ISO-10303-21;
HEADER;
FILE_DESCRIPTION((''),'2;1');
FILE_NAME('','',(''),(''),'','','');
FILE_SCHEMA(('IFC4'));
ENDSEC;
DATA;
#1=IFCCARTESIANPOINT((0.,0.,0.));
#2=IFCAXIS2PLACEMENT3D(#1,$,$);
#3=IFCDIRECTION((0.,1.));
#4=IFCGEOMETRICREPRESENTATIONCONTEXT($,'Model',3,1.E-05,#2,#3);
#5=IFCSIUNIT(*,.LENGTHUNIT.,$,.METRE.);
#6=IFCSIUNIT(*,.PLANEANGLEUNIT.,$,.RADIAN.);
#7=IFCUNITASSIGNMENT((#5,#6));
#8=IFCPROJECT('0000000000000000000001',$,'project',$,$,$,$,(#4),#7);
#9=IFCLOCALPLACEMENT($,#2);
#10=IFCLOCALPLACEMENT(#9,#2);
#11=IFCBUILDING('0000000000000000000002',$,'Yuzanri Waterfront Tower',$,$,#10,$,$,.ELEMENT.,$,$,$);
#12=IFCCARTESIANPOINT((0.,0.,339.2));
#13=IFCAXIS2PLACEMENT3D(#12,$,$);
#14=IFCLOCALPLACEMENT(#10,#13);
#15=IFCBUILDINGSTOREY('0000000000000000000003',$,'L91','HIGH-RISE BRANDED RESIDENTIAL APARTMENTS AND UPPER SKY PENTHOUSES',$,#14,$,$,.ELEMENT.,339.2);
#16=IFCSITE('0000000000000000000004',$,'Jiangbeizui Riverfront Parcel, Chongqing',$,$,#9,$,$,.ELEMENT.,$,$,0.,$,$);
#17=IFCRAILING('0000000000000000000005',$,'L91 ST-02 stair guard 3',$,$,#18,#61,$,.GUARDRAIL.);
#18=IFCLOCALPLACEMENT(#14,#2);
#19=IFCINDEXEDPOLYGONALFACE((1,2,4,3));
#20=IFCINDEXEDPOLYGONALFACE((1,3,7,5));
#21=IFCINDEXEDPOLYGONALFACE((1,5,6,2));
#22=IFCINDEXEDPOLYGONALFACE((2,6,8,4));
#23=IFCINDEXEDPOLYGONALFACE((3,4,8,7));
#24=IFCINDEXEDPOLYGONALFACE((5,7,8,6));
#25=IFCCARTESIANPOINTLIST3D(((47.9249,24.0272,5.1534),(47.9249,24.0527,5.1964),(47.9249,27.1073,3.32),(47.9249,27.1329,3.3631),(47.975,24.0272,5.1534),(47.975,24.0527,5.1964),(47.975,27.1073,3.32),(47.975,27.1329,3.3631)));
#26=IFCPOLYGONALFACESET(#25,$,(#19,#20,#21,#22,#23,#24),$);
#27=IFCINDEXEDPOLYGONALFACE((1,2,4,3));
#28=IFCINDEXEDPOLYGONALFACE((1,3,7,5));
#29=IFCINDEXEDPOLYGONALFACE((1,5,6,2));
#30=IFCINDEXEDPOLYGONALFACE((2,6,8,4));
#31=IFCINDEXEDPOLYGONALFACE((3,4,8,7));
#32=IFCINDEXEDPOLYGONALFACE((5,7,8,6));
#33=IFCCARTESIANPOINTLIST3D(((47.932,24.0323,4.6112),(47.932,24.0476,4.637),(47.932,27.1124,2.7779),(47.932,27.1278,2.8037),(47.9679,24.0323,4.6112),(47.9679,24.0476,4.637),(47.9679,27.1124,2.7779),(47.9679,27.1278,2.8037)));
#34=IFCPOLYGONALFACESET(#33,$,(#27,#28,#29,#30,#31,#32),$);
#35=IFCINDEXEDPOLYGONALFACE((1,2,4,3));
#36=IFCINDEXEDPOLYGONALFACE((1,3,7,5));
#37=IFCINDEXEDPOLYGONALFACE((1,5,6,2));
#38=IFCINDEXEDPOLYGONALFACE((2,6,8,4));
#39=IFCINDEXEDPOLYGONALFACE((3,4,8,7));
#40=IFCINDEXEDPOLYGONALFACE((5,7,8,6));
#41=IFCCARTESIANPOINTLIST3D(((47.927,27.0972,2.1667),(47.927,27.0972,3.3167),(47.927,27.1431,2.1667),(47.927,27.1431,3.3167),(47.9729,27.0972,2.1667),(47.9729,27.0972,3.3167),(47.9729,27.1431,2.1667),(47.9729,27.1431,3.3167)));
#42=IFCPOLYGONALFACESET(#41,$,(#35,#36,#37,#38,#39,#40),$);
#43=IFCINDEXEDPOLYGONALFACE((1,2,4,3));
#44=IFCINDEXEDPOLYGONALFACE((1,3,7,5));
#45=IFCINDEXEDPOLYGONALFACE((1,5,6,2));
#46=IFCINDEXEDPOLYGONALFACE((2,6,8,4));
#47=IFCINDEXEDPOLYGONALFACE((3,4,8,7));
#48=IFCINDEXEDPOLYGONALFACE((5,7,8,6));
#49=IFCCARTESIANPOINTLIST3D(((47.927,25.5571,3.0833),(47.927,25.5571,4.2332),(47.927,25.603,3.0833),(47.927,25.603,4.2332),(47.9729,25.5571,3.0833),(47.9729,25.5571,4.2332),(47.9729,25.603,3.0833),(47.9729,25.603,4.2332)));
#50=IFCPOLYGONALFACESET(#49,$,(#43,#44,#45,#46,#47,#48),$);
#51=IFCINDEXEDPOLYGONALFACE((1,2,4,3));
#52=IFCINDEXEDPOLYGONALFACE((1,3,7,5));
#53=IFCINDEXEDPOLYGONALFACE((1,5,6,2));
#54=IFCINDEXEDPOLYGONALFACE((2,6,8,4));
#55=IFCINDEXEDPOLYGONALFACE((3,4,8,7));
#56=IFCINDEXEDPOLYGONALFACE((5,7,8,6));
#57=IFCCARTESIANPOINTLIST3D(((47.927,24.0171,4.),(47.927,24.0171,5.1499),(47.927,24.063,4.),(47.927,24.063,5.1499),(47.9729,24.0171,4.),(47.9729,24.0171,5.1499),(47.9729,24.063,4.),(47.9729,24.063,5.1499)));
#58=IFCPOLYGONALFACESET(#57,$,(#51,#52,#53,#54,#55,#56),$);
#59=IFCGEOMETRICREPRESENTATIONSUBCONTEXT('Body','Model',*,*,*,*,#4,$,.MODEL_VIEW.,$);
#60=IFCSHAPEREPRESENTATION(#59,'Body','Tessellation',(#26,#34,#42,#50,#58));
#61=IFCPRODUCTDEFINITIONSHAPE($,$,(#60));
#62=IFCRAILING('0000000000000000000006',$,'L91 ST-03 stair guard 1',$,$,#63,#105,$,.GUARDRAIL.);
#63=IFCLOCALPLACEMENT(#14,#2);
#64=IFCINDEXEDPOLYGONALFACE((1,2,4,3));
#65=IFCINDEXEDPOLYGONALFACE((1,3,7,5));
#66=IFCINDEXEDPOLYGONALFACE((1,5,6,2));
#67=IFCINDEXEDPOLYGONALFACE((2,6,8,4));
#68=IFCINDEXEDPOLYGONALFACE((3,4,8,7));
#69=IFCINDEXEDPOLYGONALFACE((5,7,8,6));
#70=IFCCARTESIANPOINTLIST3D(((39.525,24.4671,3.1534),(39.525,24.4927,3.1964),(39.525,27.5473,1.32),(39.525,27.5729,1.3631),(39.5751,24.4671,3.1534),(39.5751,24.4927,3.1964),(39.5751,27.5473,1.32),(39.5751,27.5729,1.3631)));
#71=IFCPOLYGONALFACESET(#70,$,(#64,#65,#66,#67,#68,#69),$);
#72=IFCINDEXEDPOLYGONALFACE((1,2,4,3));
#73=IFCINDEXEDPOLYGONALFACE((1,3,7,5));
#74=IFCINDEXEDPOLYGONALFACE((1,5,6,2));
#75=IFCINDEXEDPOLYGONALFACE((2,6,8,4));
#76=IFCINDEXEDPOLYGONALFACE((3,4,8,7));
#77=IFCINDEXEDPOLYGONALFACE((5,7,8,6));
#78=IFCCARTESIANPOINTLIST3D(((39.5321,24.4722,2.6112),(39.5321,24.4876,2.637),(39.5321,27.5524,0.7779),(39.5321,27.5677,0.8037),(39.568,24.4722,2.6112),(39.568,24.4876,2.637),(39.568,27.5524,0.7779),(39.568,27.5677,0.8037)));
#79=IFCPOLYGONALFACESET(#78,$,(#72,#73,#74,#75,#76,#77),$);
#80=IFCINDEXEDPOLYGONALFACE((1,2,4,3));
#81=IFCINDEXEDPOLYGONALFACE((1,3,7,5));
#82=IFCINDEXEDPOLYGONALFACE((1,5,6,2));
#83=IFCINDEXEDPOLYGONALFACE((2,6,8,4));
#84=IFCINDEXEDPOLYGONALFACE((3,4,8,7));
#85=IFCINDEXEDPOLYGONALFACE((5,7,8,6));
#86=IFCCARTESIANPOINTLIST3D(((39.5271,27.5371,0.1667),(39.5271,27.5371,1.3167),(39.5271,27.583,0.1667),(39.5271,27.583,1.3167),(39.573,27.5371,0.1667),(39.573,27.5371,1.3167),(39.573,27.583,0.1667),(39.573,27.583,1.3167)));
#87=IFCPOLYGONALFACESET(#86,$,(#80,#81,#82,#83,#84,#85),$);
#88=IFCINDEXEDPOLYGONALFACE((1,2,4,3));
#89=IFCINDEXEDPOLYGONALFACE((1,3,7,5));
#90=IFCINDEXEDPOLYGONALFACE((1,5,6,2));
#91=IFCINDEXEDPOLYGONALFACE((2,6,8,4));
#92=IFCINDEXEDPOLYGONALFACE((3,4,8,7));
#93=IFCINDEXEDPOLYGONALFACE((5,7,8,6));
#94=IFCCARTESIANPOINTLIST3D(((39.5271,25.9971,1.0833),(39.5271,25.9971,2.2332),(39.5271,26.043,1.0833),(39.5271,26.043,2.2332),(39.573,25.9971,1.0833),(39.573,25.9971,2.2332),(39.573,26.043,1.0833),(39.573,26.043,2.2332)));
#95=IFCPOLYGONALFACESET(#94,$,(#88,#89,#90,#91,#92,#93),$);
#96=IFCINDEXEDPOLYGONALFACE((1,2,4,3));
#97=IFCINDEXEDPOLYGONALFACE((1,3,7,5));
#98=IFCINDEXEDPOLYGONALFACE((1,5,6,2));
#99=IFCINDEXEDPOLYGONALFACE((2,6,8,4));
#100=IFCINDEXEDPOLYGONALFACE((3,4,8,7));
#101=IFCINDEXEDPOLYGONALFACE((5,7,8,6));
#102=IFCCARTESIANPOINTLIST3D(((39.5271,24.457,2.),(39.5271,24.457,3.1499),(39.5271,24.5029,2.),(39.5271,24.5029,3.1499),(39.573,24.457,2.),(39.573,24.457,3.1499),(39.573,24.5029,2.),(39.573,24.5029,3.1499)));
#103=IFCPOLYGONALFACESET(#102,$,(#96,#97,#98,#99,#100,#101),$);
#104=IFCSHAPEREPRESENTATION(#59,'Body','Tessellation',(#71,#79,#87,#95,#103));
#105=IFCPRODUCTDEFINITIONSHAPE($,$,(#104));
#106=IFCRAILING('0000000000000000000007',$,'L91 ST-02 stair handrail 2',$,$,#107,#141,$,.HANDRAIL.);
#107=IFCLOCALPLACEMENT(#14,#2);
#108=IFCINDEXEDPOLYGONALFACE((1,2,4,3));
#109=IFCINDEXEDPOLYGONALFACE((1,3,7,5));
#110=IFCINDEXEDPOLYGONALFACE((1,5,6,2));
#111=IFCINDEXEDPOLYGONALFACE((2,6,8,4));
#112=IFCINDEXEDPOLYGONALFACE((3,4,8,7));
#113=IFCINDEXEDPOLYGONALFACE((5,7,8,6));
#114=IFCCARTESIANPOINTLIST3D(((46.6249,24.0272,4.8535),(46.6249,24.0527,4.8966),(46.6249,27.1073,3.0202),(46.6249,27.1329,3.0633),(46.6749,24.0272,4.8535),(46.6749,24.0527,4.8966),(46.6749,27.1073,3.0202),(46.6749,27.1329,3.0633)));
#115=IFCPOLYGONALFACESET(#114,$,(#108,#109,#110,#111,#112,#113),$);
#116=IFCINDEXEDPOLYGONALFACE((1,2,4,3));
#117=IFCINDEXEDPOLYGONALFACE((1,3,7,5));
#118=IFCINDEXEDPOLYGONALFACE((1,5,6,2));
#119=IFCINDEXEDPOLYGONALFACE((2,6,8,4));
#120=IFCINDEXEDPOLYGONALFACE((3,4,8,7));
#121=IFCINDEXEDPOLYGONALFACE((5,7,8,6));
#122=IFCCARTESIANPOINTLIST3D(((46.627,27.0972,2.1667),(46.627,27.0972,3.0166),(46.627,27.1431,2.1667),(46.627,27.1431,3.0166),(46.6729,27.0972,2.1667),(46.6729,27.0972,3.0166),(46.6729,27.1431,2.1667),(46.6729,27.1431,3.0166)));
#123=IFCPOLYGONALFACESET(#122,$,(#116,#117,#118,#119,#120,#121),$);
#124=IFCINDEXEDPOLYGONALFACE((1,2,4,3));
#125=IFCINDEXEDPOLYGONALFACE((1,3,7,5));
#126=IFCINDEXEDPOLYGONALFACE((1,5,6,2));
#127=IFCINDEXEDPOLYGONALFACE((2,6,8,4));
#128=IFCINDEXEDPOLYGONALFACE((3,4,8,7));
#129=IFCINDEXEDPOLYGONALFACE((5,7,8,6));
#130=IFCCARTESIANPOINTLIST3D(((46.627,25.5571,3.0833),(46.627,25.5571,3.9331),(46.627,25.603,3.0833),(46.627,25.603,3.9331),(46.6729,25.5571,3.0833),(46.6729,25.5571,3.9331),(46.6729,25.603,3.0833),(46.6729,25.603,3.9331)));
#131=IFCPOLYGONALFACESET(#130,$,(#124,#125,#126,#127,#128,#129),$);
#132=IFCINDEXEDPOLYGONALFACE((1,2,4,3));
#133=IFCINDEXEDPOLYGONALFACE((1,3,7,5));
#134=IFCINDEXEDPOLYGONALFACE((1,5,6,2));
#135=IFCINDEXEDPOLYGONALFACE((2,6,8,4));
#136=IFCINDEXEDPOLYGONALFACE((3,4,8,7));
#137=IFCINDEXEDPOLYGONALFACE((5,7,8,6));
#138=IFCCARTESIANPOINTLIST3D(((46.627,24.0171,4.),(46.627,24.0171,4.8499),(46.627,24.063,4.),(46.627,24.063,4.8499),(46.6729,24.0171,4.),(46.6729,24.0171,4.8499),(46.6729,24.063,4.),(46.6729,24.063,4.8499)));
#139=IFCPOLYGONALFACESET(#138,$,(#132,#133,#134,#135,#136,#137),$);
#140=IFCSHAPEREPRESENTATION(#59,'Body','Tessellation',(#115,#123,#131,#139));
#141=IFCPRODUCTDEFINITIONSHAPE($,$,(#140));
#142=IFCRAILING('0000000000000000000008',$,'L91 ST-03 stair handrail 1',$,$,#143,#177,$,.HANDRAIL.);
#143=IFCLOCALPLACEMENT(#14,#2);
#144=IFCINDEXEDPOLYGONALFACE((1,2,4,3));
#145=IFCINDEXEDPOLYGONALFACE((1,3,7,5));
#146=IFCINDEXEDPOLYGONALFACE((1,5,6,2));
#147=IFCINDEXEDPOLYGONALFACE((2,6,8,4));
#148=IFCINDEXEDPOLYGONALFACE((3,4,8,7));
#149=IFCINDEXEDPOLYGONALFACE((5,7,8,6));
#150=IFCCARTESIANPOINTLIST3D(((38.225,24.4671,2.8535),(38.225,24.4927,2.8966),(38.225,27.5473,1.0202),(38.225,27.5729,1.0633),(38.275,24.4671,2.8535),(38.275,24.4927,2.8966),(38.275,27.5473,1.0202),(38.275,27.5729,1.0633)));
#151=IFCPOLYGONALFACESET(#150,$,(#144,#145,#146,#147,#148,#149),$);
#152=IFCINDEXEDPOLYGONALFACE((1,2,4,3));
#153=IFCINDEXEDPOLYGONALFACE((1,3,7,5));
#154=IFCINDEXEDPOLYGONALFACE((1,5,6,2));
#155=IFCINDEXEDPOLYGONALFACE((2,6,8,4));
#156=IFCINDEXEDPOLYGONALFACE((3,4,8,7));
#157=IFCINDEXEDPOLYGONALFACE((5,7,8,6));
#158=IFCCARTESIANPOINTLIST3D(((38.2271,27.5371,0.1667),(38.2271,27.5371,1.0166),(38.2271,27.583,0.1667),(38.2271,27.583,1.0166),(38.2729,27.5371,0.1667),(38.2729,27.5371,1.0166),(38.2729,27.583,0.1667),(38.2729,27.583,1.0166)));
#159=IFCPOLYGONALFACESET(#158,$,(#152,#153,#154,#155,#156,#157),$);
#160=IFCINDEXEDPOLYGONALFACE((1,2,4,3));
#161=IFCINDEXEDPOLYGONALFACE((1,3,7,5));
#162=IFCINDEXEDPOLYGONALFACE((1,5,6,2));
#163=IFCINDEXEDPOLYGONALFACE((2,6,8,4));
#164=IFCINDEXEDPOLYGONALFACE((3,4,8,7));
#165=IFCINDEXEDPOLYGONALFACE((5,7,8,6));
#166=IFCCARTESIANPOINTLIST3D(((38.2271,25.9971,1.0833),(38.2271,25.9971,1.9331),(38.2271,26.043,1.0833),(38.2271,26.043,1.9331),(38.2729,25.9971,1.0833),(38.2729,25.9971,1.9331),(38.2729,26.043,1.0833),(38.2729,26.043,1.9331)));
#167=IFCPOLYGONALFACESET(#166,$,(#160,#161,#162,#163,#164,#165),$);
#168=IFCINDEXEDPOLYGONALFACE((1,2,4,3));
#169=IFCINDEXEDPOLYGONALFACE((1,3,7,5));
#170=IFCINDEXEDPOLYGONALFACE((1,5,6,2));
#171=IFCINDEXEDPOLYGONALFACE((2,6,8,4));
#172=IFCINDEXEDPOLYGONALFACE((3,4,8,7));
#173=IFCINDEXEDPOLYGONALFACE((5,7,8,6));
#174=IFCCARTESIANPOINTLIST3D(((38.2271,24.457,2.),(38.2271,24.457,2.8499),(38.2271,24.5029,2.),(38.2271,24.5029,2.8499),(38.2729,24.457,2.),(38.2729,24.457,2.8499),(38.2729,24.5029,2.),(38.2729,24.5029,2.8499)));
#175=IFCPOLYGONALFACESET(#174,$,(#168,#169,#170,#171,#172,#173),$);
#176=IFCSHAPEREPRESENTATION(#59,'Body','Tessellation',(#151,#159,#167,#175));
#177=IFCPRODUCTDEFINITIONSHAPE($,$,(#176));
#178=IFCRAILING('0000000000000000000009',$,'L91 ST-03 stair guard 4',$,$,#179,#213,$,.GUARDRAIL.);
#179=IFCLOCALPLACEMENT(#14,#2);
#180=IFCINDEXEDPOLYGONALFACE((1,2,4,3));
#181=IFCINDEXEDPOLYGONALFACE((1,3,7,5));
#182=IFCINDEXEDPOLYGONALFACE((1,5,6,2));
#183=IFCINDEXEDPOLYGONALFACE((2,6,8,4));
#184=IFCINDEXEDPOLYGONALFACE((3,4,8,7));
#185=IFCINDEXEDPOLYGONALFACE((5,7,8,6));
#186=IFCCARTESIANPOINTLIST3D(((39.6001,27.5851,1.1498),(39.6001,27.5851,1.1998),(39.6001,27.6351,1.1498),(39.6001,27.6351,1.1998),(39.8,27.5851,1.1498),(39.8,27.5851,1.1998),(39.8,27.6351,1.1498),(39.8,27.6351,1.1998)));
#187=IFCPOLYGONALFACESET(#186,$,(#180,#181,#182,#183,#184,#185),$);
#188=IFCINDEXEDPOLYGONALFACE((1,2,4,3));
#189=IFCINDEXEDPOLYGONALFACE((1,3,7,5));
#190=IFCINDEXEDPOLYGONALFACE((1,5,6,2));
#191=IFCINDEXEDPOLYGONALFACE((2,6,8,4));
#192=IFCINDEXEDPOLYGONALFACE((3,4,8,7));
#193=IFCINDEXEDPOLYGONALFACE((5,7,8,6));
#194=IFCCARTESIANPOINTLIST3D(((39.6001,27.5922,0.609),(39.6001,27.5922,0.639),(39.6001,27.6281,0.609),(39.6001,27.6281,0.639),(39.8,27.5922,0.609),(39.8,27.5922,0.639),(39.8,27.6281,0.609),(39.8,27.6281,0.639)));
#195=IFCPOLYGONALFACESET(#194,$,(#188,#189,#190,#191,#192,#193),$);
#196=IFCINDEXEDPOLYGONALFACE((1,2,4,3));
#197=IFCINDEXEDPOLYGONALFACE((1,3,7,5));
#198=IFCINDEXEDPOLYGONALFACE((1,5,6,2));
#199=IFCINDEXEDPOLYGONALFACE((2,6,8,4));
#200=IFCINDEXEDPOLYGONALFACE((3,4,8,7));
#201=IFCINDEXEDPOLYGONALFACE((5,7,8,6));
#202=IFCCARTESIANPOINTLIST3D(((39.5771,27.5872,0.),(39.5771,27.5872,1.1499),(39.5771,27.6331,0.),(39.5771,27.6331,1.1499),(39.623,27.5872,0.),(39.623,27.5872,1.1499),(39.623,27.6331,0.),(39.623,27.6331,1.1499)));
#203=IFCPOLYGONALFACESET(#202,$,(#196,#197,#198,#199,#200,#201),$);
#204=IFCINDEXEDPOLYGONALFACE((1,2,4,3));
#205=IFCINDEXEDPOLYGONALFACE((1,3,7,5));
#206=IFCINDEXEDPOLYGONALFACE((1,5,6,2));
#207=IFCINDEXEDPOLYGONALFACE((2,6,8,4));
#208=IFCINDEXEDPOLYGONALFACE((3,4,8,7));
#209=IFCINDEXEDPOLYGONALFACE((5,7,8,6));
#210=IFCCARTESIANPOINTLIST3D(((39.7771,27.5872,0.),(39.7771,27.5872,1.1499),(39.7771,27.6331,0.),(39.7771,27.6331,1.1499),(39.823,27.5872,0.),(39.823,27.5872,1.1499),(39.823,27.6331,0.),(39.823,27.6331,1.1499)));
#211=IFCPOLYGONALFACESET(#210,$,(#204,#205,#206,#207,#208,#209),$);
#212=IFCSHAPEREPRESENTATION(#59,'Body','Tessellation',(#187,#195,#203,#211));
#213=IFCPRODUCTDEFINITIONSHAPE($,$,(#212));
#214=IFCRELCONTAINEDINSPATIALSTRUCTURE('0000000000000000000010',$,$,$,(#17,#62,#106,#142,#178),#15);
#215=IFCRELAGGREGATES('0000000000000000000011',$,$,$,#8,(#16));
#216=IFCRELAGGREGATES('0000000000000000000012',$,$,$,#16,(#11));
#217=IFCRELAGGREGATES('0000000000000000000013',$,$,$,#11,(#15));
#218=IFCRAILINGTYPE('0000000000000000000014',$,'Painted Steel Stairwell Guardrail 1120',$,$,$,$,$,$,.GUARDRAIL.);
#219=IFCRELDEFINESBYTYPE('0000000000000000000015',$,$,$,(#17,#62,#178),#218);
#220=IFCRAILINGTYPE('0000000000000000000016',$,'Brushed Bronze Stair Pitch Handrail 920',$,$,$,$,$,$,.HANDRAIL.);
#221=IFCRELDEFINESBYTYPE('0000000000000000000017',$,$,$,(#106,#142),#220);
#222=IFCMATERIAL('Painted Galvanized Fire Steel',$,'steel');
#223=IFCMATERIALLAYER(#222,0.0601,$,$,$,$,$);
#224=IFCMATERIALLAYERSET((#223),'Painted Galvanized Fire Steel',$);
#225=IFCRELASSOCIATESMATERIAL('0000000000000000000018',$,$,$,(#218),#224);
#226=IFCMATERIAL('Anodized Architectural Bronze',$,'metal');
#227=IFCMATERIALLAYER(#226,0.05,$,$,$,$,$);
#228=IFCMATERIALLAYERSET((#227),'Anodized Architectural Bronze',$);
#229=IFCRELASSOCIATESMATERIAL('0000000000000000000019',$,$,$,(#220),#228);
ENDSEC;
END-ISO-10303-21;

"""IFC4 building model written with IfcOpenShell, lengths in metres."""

from ifc_helpers import new_model, si_unit, direction, frame, origin, origin_2d, place, context, subcontext, project, spatial, rectangle, extrude, source, transform, mapped, material, layer, layer_set, type_object, element, save


model = new_model("IFC4")

# Units and contexts
model_context = context("Model", 3, precision=1e-05, world=origin(), true_north=direction((0.0, 1.0)))
body_context = subcontext(model_context, "Body", "Model", "MODEL_VIEW")
ifc_project = project(units=[si_unit("LENGTHUNIT", "METRE"), si_unit("PLANEANGLEUNIT", "RADIAN")], contexts=[model_context])

# Site, building, storey
site_placement = place(None, origin())
site = spatial("IfcSite", under=ifc_project, at=site_placement, Name="Jiangbeizui Riverfront Parcel, Chongqing", CompositionType="ELEMENT", RefElevation=0.0)
building_placement = place(site_placement, origin())
building = spatial("IfcBuilding", under=site, at=building_placement, Name="Yuzanri Waterfront Tower", CompositionType="ELEMENT")
storey_placement = place(building_placement, frame((0.0, 0.0, 339.2)))
storey = spatial("IfcBuildingStorey", under=building, at=storey_placement, Name="L91", Description="HIGH-RISE BRANDED RESIDENTIAL APARTMENTS AND UPPER SKY PENTHOUSES", CompositionType="ELEMENT", Elevation=339.2)

# Railings
ifc_material_1 = material(Name="Painted Galvanized Fire Steel", Category="steel")
ifc_layer_1 = layer(ifc_material_1, 0.0601)
ifc_layer_set_1 = layer_set([ifc_layer_1], Name="Painted Galvanized Fire Steel")
railing_type_1 = type_object("IfcRailingType", Name="Painted Steel Stairwell Guardrail 1120", PredefinedType="GUARDRAIL", material=ifc_layer_set_1)
shared_shape_1 = source(origin(), body_context, "Body", "SweptSolid", [
    extrude(rectangle(XDim=0.05, YDim=0.05, at=origin_2d()), frame((0.0, 0.0, 1.1748), z_axis=(0.0, -0.859309, 0.511458), x_axis=(1.0, 0.0, 0.0)), (0.0, 0.0, 1.0), 3.5845),
    extrude(rectangle(XDim=0.0359, YDim=0.03, at=origin_2d()), frame((0.0, 0.0, 0.624), z_axis=(0.0, -0.859309, 0.511458), x_axis=(1.0, 0.0, 0.0)), (0.0, 0.0, 1.0), 3.5845),
    extrude(rectangle(XDim=0.0459, YDim=0.0459, at=origin_2d()), origin(), (0.0, 0.0, 1.0), 1.1499),
    extrude(rectangle(XDim=0.0459, YDim=0.0459, at=origin_2d()), frame((0.0, -1.54, 0.9165)), (0.0, 0.0, 1.0), 1.1499),
    extrude(rectangle(XDim=0.0459, YDim=0.0459, at=origin_2d()), frame((0.0, -3.0801, 1.8333)), (0.0, 0.0, 1.0), 1.1499),
])
for number, where, name in (
    (1, (47.95, 27.1201, 2.1667), "L91 ST-02 stair guard 3"),
    (2, (39.55, 27.5601, 0.1667), "L91 ST-03 stair guard 1"),
):
    element("IfcRailing", number, at=place(storey_placement, frame(where)), inside=storey, type_object=railing_type_1, Name=name, PredefinedType="GUARDRAIL", context=body_context, shape_type="MappedRepresentation", body=[
        mapped(shared_shape_1, transform((0.0, 0.0, 0.0), scale=1.0)),
    ])
ifc_material_2 = material(Name="Anodized Architectural Bronze", Category="metal")
ifc_layer_2 = layer(ifc_material_2, 0.05)
ifc_layer_set_2 = layer_set([ifc_layer_2], Name="Anodized Architectural Bronze")
railing_type_2 = type_object("IfcRailingType", Name="Brushed Bronze Stair Pitch Handrail 920", PredefinedType="HANDRAIL", material=ifc_layer_set_2)
shared_shape_2 = source(origin(), body_context, "Body", "SweptSolid", [
    extrude(rectangle(XDim=0.05, YDim=0.05, at=origin_2d()), frame((0.0, 0.0, 0.875), z_axis=(0.0, -0.859309, 0.511458), x_axis=(1.0, 0.0, 0.0)), (0.0, 0.0, 1.0), 3.5845),
    extrude(rectangle(XDim=0.0459, YDim=0.0459, at=origin_2d()), origin(), (0.0, 0.0, 1.0), 0.8499),
    extrude(rectangle(XDim=0.0459, YDim=0.0459, at=origin_2d()), frame((0.0, -1.54, 0.9165)), (0.0, 0.0, 1.0), 0.8499),
    extrude(rectangle(XDim=0.0459, YDim=0.0459, at=origin_2d()), frame((0.0, -3.0801, 1.8333)), (0.0, 0.0, 1.0), 0.8499),
])
for number, where, name in (
    (3, (46.6499, 27.1201, 2.1667), "L91 ST-02 stair handrail 2"),
    (4, (38.25, 27.5601, 0.1667), "L91 ST-03 stair handrail 1"),
):
    element("IfcRailing", number, at=place(storey_placement, frame(where)), inside=storey, type_object=railing_type_2, Name=name, PredefinedType="HANDRAIL", context=body_context, shape_type="MappedRepresentation", body=[
        mapped(shared_shape_2, transform((0.0, 0.0, 0.0), scale=1.0)),
    ])
shared_shape_3 = source(origin(), body_context, "Body", "SweptSolid", [
    extrude(rectangle(XDim=0.05, YDim=0.05, at=origin_2d()), frame((0.0, 0.0, 1.1748), z_axis=(1.0, 0.0, 0.0), x_axis=(0.0, 1.0, 0.0)), (0.0, 0.0, 1.0), 0.2),
    extrude(rectangle(XDim=0.0359, YDim=0.03, at=origin_2d()), frame((0.0, 0.0, 0.624), z_axis=(1.0, 0.0, 0.0), x_axis=(0.0, 1.0, 0.0)), (0.0, 0.0, 1.0), 0.2),
    extrude(rectangle(XDim=0.0459, YDim=0.0459, at=origin_2d()), origin(), (0.0, 0.0, 1.0), 1.1499),
    extrude(rectangle(XDim=0.0459, YDim=0.0459, at=origin_2d()), frame((0.2, 0.0, 0.0)), (0.0, 0.0, 1.0), 1.1499),
])
railing_1_placement = place(storey_placement, frame((39.6001, 27.6101, 0.0)))
element("IfcRailing", 5, at=railing_1_placement, inside=storey, type_object=railing_type_1, Name="L91 ST-03 stair guard 4", PredefinedType="GUARDRAIL", context=body_context, shape_type="MappedRepresentation", body=[
    mapped(shared_shape_3, transform((0.0, 0.0, 0.0), scale=1.0)),
])

save(model, "model.ifc")
